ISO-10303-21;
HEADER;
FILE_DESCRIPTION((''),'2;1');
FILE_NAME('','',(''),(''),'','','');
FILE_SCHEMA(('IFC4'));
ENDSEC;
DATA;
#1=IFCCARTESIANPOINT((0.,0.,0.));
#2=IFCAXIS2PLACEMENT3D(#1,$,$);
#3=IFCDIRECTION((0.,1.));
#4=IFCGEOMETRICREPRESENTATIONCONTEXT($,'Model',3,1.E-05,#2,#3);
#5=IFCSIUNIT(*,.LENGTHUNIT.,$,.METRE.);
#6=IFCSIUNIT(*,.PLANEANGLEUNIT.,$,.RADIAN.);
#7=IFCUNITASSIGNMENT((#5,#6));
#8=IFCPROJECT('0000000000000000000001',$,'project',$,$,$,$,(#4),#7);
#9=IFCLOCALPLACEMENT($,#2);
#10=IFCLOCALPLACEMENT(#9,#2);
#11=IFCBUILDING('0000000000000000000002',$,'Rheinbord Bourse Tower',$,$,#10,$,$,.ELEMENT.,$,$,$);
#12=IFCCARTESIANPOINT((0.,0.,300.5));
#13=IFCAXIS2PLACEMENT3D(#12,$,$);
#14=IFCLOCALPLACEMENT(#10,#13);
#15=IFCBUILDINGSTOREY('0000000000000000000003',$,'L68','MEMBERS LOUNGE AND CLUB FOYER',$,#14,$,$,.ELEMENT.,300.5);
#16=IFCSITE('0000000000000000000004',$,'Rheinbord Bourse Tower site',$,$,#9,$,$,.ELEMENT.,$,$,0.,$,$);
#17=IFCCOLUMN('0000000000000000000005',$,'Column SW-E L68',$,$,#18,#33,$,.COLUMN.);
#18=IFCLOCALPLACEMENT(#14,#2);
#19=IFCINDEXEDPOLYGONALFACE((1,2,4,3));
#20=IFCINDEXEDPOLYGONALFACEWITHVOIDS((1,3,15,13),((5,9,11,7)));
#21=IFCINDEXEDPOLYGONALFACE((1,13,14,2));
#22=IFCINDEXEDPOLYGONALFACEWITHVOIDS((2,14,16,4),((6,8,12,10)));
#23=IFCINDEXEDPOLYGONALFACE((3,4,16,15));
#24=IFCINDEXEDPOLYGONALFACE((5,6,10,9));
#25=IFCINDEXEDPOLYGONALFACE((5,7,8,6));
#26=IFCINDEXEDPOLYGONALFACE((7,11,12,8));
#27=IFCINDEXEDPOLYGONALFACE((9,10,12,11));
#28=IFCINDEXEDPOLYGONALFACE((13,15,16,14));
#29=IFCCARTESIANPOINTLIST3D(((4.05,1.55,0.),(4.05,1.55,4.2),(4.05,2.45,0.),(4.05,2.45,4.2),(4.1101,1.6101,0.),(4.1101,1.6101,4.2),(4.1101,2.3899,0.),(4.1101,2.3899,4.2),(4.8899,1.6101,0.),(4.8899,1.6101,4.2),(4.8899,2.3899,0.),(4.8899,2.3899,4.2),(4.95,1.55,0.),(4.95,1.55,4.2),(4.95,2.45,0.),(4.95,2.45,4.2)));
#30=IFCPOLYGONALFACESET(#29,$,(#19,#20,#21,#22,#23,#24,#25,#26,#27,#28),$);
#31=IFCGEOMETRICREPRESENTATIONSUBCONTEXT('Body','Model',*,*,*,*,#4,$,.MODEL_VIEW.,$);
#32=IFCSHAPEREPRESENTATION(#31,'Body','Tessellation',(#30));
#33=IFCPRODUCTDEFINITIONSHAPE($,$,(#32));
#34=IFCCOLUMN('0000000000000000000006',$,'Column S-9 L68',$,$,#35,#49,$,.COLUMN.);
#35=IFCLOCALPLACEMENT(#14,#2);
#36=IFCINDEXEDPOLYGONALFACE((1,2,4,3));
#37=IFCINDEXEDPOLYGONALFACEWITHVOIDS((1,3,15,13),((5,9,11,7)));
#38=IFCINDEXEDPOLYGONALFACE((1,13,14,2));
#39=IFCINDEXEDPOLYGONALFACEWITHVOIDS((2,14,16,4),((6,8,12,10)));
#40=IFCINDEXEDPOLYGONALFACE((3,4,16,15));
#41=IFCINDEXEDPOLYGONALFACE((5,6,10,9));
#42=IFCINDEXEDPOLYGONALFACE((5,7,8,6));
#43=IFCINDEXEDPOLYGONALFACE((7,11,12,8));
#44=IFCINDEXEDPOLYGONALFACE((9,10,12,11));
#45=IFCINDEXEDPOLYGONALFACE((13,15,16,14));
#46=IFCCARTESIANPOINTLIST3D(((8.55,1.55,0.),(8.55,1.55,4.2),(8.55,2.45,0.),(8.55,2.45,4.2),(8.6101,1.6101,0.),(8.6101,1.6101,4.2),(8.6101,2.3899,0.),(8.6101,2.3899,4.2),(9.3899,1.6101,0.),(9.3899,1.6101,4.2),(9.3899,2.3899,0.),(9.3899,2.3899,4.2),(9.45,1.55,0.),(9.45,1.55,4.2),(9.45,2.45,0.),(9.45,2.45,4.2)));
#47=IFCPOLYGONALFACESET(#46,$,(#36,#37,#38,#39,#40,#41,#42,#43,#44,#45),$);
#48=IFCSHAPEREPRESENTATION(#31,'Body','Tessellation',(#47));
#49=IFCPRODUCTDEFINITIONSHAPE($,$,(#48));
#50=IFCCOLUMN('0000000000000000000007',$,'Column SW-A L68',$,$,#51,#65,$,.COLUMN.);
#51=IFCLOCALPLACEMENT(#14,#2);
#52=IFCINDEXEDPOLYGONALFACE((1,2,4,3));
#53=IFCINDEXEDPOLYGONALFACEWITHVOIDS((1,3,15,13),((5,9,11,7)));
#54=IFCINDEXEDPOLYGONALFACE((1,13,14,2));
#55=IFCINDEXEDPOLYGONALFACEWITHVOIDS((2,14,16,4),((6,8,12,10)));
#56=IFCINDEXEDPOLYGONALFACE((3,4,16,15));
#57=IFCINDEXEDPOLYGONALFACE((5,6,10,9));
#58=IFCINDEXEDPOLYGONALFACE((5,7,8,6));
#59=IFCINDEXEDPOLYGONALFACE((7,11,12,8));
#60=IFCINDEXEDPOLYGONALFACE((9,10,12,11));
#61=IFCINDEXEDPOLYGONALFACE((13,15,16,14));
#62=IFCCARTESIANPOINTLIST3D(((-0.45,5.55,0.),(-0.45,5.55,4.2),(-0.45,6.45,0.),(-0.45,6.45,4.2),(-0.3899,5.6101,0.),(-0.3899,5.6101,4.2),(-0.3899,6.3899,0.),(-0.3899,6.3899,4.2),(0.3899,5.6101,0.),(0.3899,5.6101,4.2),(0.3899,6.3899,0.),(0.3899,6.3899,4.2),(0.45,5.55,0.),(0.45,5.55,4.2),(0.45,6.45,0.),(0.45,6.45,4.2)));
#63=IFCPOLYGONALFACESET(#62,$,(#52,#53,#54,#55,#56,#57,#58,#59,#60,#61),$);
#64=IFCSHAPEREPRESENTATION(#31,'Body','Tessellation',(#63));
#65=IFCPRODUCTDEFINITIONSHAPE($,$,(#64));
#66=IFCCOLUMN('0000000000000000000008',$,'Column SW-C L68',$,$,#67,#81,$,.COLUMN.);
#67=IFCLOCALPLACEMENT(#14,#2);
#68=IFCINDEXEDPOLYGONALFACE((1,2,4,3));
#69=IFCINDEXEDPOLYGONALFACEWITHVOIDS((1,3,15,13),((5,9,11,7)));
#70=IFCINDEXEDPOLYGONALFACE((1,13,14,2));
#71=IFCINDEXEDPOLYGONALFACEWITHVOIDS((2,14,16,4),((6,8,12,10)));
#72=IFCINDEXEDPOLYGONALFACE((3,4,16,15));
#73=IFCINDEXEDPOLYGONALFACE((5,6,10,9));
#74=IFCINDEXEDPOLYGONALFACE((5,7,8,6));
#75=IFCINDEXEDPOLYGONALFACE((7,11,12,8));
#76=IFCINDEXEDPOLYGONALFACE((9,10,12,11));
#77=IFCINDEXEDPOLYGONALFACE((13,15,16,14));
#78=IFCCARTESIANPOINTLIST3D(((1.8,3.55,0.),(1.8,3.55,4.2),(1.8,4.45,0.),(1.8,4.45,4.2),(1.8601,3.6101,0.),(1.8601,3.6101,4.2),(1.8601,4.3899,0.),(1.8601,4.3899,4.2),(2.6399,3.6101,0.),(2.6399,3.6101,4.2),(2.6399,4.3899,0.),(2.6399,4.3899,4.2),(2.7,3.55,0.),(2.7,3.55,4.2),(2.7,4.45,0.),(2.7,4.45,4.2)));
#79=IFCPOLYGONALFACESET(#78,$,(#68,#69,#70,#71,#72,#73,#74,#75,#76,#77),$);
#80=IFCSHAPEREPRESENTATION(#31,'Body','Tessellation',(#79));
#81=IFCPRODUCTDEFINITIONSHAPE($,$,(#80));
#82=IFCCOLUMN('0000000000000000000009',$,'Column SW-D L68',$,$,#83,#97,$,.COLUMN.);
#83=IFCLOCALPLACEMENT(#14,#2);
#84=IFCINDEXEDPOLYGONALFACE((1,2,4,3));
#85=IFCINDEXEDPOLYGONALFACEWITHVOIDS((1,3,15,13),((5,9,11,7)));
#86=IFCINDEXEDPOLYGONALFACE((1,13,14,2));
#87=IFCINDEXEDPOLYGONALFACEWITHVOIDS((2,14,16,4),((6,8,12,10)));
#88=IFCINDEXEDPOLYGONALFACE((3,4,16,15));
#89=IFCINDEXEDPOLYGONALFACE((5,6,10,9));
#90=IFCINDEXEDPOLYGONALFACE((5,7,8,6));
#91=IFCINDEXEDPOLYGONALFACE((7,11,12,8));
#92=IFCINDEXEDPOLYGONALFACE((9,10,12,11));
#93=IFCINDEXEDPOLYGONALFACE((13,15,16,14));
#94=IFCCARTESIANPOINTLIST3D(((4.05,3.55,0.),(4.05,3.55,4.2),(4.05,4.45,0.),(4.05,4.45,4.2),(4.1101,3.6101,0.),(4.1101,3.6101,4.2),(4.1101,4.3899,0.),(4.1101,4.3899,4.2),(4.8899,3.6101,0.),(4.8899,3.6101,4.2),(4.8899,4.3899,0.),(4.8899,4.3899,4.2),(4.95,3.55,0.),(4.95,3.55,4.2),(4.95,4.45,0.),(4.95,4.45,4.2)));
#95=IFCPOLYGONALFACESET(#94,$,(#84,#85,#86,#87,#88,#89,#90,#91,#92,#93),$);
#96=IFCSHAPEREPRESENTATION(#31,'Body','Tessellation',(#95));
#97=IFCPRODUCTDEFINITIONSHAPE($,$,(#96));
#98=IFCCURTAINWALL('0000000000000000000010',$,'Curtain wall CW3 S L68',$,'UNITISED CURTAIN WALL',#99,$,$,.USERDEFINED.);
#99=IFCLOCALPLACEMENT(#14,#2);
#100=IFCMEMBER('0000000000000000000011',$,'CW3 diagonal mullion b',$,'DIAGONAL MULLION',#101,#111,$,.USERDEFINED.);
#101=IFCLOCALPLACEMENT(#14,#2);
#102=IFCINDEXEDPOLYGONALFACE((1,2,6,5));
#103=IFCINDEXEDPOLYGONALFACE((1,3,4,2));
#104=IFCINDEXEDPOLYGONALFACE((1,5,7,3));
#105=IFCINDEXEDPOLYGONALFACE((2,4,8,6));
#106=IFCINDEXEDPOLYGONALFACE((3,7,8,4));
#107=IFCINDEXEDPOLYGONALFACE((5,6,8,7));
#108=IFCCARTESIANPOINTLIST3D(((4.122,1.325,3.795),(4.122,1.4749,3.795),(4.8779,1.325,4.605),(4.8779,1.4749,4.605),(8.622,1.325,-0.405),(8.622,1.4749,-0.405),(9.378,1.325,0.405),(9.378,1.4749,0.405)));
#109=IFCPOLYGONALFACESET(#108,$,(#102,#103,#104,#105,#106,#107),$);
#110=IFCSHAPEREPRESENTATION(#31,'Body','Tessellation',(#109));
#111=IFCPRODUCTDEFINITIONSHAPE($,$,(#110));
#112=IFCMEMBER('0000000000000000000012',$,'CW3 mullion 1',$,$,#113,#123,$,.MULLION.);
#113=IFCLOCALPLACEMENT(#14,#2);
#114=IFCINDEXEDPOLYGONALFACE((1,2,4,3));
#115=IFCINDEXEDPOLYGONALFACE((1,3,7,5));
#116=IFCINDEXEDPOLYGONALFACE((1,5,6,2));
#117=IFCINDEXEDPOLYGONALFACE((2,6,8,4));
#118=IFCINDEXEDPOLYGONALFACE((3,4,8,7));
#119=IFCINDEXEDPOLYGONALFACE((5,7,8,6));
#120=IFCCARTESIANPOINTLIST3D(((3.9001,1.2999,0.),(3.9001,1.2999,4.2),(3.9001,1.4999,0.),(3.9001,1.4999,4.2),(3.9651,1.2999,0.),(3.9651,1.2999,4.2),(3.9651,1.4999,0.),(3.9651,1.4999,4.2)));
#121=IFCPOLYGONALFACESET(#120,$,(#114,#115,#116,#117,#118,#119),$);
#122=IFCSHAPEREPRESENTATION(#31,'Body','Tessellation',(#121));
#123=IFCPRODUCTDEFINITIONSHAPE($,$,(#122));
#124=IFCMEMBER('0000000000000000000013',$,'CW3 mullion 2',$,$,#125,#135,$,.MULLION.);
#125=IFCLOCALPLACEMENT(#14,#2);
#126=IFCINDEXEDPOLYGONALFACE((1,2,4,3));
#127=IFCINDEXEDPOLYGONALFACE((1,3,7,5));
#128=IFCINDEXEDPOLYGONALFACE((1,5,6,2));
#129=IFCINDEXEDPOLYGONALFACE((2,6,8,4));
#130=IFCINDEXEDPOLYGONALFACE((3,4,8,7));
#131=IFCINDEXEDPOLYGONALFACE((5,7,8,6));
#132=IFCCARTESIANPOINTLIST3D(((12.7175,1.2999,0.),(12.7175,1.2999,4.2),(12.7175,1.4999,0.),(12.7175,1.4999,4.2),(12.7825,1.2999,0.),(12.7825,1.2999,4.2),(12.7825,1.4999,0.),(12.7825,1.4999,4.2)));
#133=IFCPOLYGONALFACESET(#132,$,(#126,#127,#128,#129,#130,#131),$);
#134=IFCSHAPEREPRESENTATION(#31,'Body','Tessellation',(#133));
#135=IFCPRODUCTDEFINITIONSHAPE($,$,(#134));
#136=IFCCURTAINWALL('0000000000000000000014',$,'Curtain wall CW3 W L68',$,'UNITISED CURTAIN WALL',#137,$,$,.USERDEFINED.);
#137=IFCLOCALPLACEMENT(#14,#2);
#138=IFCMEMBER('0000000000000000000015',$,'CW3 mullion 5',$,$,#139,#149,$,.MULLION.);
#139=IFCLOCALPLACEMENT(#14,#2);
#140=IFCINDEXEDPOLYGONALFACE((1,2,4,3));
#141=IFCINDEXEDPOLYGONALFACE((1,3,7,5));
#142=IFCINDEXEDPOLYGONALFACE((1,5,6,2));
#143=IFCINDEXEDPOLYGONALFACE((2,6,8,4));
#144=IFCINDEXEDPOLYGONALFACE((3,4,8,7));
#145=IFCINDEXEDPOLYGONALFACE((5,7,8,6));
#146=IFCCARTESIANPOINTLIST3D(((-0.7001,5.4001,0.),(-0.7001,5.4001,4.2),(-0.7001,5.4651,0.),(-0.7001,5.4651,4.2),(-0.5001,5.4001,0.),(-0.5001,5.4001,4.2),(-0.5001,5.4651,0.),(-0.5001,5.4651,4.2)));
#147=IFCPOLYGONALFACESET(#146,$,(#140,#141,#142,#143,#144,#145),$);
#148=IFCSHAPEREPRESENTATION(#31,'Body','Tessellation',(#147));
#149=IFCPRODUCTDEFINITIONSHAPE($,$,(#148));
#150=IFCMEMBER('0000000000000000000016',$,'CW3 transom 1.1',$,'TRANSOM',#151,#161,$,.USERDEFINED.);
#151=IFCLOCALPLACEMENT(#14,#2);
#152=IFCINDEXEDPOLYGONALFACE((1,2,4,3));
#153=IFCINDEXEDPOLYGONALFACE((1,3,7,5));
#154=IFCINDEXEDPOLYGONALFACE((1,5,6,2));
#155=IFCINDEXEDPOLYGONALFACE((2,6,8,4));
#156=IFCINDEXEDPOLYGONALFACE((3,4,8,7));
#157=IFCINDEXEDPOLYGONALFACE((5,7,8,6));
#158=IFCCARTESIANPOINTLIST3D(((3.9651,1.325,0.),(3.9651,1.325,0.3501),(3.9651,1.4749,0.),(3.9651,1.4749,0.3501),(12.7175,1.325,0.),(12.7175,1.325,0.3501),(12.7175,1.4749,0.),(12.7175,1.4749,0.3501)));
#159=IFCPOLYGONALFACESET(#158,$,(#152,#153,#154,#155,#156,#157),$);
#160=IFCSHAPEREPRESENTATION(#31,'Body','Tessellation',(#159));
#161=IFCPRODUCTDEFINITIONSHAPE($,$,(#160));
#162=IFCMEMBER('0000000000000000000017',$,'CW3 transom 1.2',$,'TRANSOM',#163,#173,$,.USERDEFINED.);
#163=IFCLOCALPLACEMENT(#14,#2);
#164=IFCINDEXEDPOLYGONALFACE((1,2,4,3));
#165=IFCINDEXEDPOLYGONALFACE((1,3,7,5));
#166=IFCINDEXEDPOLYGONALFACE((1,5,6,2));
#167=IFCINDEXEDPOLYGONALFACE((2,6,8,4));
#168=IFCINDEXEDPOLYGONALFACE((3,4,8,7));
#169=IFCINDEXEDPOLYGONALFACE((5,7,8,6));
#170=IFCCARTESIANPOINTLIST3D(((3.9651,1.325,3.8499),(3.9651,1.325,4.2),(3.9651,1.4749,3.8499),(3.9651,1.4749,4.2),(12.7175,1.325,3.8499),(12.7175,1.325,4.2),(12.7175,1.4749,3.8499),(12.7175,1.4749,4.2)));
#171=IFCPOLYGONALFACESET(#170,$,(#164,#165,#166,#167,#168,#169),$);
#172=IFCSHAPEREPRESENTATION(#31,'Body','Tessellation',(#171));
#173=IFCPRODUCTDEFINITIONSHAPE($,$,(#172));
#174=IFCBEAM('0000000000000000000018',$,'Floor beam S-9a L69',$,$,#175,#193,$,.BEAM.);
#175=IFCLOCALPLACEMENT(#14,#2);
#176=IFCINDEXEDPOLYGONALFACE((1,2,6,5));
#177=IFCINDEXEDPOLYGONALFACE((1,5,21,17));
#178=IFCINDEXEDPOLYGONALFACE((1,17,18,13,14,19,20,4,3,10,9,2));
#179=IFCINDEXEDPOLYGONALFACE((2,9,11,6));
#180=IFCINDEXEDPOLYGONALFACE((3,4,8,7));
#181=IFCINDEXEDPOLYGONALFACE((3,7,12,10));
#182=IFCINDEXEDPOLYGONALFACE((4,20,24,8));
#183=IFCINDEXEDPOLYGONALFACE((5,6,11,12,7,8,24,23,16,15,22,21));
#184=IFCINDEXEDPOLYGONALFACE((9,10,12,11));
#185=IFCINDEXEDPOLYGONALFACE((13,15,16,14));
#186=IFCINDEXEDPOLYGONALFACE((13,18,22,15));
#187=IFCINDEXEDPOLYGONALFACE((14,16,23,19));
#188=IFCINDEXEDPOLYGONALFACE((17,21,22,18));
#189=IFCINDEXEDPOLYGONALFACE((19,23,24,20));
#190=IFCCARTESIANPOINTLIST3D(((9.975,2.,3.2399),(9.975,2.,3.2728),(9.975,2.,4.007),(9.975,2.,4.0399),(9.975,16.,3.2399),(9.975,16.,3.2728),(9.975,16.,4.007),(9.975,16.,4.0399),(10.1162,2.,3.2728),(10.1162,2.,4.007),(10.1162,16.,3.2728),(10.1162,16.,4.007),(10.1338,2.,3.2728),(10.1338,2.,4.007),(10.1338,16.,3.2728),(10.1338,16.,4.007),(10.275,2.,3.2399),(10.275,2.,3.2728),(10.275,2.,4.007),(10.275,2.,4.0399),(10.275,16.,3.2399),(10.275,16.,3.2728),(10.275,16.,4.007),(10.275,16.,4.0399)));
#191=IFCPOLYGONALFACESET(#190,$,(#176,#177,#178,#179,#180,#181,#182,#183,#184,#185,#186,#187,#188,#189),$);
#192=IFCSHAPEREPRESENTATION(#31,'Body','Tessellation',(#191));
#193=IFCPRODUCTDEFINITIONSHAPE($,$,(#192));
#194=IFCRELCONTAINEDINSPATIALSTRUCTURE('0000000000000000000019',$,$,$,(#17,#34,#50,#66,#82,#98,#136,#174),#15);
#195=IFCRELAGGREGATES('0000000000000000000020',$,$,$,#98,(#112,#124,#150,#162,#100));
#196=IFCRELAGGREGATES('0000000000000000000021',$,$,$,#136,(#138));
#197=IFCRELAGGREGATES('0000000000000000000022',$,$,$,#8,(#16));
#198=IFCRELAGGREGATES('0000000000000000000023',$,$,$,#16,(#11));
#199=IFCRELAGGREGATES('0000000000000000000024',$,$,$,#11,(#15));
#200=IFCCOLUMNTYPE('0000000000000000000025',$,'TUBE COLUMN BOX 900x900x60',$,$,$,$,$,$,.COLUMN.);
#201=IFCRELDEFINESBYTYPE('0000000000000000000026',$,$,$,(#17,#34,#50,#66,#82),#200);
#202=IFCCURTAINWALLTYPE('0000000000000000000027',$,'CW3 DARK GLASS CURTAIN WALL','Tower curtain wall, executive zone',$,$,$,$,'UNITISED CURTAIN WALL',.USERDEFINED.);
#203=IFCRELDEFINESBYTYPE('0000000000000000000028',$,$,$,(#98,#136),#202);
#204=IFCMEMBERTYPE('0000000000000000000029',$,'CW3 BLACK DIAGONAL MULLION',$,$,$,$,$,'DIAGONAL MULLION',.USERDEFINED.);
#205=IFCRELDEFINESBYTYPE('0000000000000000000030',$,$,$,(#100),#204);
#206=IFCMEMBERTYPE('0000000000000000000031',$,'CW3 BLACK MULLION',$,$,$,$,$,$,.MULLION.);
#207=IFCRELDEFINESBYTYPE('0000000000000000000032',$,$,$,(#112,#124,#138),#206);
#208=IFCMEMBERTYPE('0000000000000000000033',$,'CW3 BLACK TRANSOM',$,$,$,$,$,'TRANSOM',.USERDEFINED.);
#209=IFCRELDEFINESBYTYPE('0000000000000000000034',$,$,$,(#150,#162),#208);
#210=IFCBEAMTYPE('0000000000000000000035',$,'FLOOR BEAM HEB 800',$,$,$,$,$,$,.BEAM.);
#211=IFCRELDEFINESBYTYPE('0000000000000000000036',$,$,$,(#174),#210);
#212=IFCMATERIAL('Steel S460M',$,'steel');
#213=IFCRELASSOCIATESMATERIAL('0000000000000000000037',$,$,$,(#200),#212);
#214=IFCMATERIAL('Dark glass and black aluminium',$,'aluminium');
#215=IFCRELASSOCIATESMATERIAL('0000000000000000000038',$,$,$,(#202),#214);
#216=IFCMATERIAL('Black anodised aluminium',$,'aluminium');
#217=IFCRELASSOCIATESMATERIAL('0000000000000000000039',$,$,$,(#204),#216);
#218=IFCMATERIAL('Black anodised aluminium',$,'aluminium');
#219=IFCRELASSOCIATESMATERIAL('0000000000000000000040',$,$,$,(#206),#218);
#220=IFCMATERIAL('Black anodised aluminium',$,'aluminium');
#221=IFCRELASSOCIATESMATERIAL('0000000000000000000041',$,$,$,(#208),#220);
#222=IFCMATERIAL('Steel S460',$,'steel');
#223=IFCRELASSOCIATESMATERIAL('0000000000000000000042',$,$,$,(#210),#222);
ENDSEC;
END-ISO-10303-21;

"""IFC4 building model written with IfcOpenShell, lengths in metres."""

from ifc_helpers import new_model, si_unit, direction, frame, origin, origin_2d, place, context, subcontext, project, spatial, rectangle, hollow_rectangle, i_section, extrude, material, material_profile, profile_set, type_object, element, aggregate, save


model = new_model("IFC4")

# Units and contexts
model_context = context("Model", 3, precision=1e-05, world=origin(), true_north=direction((0.0, 1.0)))
body_context = subcontext(model_context, "Body", "Model", "MODEL_VIEW")
ifc_project = project(units=[si_unit("LENGTHUNIT", "METRE"), si_unit("PLANEANGLEUNIT", "RADIAN")], contexts=[model_context])

# Site, building, storey
site_placement = place(None, origin())
site = spatial("IfcSite", under=ifc_project, at=site_placement, Name="Rheinbord Bourse Tower site", CompositionType="ELEMENT", RefElevation=0.0)
building_placement = place(site_placement, origin())
building = spatial("IfcBuilding", under=site, at=building_placement, Name="Rheinbord Bourse Tower", CompositionType="ELEMENT")
storey_placement = place(building_placement, frame((0.0, 0.0, 300.5)))
storey = spatial("IfcBuildingStorey", under=building, at=storey_placement, Name="L68", Description="MEMBERS LOUNGE AND CLUB FOYER", CompositionType="ELEMENT", Elevation=300.5)

# Columns
ifc_material_1 = material(Name="Steel S460M", Category="steel")
ifc_material_profile_1 = material_profile(ifc_material_1, hollow_rectangle(XDim=0.8999, YDim=0.8999, WallThickness=0.0601, at=origin_2d()), Name="BOX 900x900x60")
ifc_profile_set_1 = profile_set([ifc_material_profile_1], Name="Steel S460M")
column_type = type_object("IfcColumnType", Name="TUBE COLUMN BOX 900x900x60", PredefinedType="COLUMN", material=ifc_profile_set_1)
for number, where, z_axis, x_axis, name in (
    (1, (4.5, 2.0, 0.0), (0.0, 0.0, 1.0), (0.0, 1.0, 0.0), "Column SW-E L68"),
    (2, (9.0, 2.0, 0.0), (0.0, 0.0, 1.0), (0.0, 1.0, 0.0), "Column S-9 L68"),
    (3, (0.0, 6.0, 0.0), (0.0, 0.0, 1.0), (1.0, 0.0, 0.0), "Column SW-A L68"),
    (4, (2.25, 4.0, 0.0), (0.0, 0.0, 1.0), (1.0, 0.0, 0.0), "Column SW-C L68"),
    (5, (4.5, 4.0, 0.0), (0.0, 0.0, 1.0), (0.0, 1.0, 0.0), "Column SW-D L68"),
):
    element("IfcColumn", number, at=place(storey_placement, frame(where, z_axis=z_axis, x_axis=x_axis)), inside=storey, type_object=column_type, Name=name, PredefinedType="COLUMN", context=body_context, shape_type="SweptSolid", body=[
        extrude(hollow_rectangle(XDim=0.8999, YDim=0.8999, WallThickness=0.0601, at=origin_2d()), origin(), (0.0, 0.0, 1.0), 4.2),
    ])

# Curtain wall, members
ifc_material_2 = material(Name="Dark glass and black aluminium", Category="aluminium")
curtain_wall_type = type_object("IfcCurtainWallType", Name="CW3 DARK GLASS CURTAIN WALL", Description="Tower curtain wall, executive zone", ElementType="UNITISED CURTAIN WALL", PredefinedType="USERDEFINED", material=ifc_material_2)
curtain_wall_1_placement = place(storey_placement, origin())
curtain_wall_1 = element("IfcCurtainWall", 6, at=curtain_wall_1_placement, inside=storey, type_object=curtain_wall_type, Name="Curtain wall CW3 S L68", ObjectType="UNITISED CURTAIN WALL", PredefinedType="USERDEFINED")
ifc_material_3 = material(Name="Black anodised aluminium", Category="aluminium")
ifc_material_profile_2 = material_profile(ifc_material_3, rectangle(XDim=0.1499, YDim=1.1079, at=origin_2d()), Name="CW3 DIAGONAL MULLION 1108x150")
ifc_profile_set_2 = profile_set([ifc_material_profile_2], Name="Black anodised aluminium")
member_type_1 = type_object("IfcMemberType", Name="CW3 BLACK DIAGONAL MULLION", ElementType="DIAGONAL MULLION", PredefinedType="USERDEFINED", material=ifc_profile_set_2)
member_1_placement = place(storey_placement, frame((9.0, 1.3999, 0.0), z_axis=(-0.731059, 0.0, 0.682314), x_axis=(0.0, -1.0, 0.0)))
member_1 = element("IfcMember", 7, at=member_1_placement, type_object=member_type_1, Name="CW3 diagonal mullion b", ObjectType="DIAGONAL MULLION", PredefinedType="USERDEFINED", context=body_context, shape_type="SweptSolid", body=[
    extrude(rectangle(XDim=0.1499, YDim=1.1079, at=origin_2d()), origin(), (0.0, 0.0, 1.0), 6.1555),
])
ifc_material_4 = material(Name="Black anodised aluminium", Category="aluminium")
ifc_material_profile_3 = material_profile(ifc_material_4, rectangle(XDim=0.2, YDim=0.0649, at=origin_2d()), Name="CW3 MULLION 65x200")
ifc_profile_set_3 = profile_set([ifc_material_profile_3], Name="Black anodised aluminium")
member_type_2 = type_object("IfcMemberType", Name="CW3 BLACK MULLION", PredefinedType="MULLION", material=ifc_profile_set_3)
member_2_placement = place(storey_placement, frame((3.9326, 1.3999, 0.0), z_axis=(0.0, 0.0, 1.0), x_axis=(0.0, 1.0, 0.0)))
member_2 = element("IfcMember", 8, at=member_2_placement, type_object=member_type_2, Name="CW3 mullion 1", PredefinedType="MULLION", context=body_context, shape_type="SweptSolid", body=[
    extrude(rectangle(XDim=0.2, YDim=0.0649, at=origin_2d()), origin(), (0.0, 0.0, 1.0), 4.2),
])
member_3_placement = place(storey_placement, frame((12.75, 1.3999, 0.0), z_axis=(0.0, 0.0, 1.0), x_axis=(0.0, 1.0, 0.0)))
member_3 = element("IfcMember", 9, at=member_3_placement, type_object=member_type_2, Name="CW3 mullion 2", PredefinedType="MULLION", context=body_context, shape_type="SweptSolid", body=[
    extrude(rectangle(XDim=0.2, YDim=0.0649, at=origin_2d()), origin(), (0.0, 0.0, 1.0), 4.2),
])

# Curtain wall, member
curtain_wall_2_placement = place(storey_placement, origin())
curtain_wall_2 = element("IfcCurtainWall", 10, at=curtain_wall_2_placement, inside=storey, type_object=curtain_wall_type, Name="Curtain wall CW3 W L68", ObjectType="UNITISED CURTAIN WALL", PredefinedType="USERDEFINED")
member_4_placement = place(storey_placement, frame((-0.6001, 5.4326, 0.0), z_axis=(0.0, 0.0, 1.0), x_axis=(1.0, 0.0, 0.0)))
member_4 = element("IfcMember", 11, at=member_4_placement, type_object=member_type_2, Name="CW3 mullion 5", PredefinedType="MULLION", context=body_context, shape_type="SweptSolid", body=[
    extrude(rectangle(XDim=0.2, YDim=0.0649, at=origin_2d()), origin(), (0.0, 0.0, 1.0), 4.2),
])

# Members
ifc_material_5 = material(Name="Black anodised aluminium", Category="aluminium")
ifc_material_profile_4 = material_profile(ifc_material_5, rectangle(XDim=0.1499, YDim=0.3501, at=origin_2d()), Name="CW3 TRANSOM 350x150")
ifc_profile_set_4 = profile_set([ifc_material_profile_4], Name="Black anodised aluminium")
member_type_3 = type_object("IfcMemberType", Name="CW3 BLACK TRANSOM", ElementType="TRANSOM", PredefinedType="USERDEFINED", material=ifc_profile_set_4)
member_5_placement = place(storey_placement, frame((3.9651, 1.3999, 0.175), z_axis=(1.0, 0.0, 0.0), x_axis=(0.0, 1.0, 0.0)))
member_5 = element("IfcMember", 12, at=member_5_placement, type_object=member_type_3, Name="CW3 transom 1.1", ObjectType="TRANSOM", PredefinedType="USERDEFINED", context=body_context, shape_type="SweptSolid", body=[
    extrude(rectangle(XDim=0.1499, YDim=0.3501, at=origin_2d()), origin(), (0.0, 0.0, 1.0), 8.7524),
])
member_6_placement = place(storey_placement, frame((3.9651, 1.3999, 4.0249), z_axis=(1.0, 0.0, 0.0), x_axis=(0.0, 1.0, 0.0)))
member_6 = element("IfcMember", 13, at=member_6_placement, type_object=member_type_3, Name="CW3 transom 1.2", ObjectType="TRANSOM", PredefinedType="USERDEFINED", context=body_context, shape_type="SweptSolid", body=[
    extrude(rectangle(XDim=0.1499, YDim=0.3501, at=origin_2d()), origin(), (0.0, 0.0, 1.0), 8.7524),
])

# Beam
ifc_material_6 = material(Name="Steel S460", Category="steel")
ifc_material_profile_5 = material_profile(ifc_material_6, i_section(OverallWidth=0.3, OverallDepth=0.8, WebThickness=0.0176, FlangeThickness=0.033, at=origin_2d()), Name="HEB 800")
ifc_profile_set_5 = profile_set([ifc_material_profile_5], Name="Steel S460")
beam_type_1 = type_object("IfcBeamType", Name="FLOOR BEAM HEB 800", PredefinedType="BEAM", material=ifc_profile_set_5)
for number, where, z_axis, x_axis, name in (
    (14, (10.125, 2.0, 3.6399), (0.0, 1.0, 0.0), (-1.0, 0.0, 0.0), "Floor beam S-9a L69"),
):
    element("IfcBeam", number, at=place(storey_placement, frame(where, z_axis=z_axis, x_axis=x_axis)), inside=storey, type_object=beam_type_1, Name=name, PredefinedType="BEAM", context=body_context, shape_type="SweptSolid", body=[
        extrude(i_section(OverallWidth=0.3, OverallDepth=0.8, WebThickness=0.0176, FlangeThickness=0.033, at=origin_2d()), origin(), (0.0, 0.0, 1.0), 14.0),
    ])

aggregate(curtain_wall_1, [member_2, member_3, member_5, member_6, member_1])
aggregate(curtain_wall_2, [member_4])

save(model, "model.ifc")
